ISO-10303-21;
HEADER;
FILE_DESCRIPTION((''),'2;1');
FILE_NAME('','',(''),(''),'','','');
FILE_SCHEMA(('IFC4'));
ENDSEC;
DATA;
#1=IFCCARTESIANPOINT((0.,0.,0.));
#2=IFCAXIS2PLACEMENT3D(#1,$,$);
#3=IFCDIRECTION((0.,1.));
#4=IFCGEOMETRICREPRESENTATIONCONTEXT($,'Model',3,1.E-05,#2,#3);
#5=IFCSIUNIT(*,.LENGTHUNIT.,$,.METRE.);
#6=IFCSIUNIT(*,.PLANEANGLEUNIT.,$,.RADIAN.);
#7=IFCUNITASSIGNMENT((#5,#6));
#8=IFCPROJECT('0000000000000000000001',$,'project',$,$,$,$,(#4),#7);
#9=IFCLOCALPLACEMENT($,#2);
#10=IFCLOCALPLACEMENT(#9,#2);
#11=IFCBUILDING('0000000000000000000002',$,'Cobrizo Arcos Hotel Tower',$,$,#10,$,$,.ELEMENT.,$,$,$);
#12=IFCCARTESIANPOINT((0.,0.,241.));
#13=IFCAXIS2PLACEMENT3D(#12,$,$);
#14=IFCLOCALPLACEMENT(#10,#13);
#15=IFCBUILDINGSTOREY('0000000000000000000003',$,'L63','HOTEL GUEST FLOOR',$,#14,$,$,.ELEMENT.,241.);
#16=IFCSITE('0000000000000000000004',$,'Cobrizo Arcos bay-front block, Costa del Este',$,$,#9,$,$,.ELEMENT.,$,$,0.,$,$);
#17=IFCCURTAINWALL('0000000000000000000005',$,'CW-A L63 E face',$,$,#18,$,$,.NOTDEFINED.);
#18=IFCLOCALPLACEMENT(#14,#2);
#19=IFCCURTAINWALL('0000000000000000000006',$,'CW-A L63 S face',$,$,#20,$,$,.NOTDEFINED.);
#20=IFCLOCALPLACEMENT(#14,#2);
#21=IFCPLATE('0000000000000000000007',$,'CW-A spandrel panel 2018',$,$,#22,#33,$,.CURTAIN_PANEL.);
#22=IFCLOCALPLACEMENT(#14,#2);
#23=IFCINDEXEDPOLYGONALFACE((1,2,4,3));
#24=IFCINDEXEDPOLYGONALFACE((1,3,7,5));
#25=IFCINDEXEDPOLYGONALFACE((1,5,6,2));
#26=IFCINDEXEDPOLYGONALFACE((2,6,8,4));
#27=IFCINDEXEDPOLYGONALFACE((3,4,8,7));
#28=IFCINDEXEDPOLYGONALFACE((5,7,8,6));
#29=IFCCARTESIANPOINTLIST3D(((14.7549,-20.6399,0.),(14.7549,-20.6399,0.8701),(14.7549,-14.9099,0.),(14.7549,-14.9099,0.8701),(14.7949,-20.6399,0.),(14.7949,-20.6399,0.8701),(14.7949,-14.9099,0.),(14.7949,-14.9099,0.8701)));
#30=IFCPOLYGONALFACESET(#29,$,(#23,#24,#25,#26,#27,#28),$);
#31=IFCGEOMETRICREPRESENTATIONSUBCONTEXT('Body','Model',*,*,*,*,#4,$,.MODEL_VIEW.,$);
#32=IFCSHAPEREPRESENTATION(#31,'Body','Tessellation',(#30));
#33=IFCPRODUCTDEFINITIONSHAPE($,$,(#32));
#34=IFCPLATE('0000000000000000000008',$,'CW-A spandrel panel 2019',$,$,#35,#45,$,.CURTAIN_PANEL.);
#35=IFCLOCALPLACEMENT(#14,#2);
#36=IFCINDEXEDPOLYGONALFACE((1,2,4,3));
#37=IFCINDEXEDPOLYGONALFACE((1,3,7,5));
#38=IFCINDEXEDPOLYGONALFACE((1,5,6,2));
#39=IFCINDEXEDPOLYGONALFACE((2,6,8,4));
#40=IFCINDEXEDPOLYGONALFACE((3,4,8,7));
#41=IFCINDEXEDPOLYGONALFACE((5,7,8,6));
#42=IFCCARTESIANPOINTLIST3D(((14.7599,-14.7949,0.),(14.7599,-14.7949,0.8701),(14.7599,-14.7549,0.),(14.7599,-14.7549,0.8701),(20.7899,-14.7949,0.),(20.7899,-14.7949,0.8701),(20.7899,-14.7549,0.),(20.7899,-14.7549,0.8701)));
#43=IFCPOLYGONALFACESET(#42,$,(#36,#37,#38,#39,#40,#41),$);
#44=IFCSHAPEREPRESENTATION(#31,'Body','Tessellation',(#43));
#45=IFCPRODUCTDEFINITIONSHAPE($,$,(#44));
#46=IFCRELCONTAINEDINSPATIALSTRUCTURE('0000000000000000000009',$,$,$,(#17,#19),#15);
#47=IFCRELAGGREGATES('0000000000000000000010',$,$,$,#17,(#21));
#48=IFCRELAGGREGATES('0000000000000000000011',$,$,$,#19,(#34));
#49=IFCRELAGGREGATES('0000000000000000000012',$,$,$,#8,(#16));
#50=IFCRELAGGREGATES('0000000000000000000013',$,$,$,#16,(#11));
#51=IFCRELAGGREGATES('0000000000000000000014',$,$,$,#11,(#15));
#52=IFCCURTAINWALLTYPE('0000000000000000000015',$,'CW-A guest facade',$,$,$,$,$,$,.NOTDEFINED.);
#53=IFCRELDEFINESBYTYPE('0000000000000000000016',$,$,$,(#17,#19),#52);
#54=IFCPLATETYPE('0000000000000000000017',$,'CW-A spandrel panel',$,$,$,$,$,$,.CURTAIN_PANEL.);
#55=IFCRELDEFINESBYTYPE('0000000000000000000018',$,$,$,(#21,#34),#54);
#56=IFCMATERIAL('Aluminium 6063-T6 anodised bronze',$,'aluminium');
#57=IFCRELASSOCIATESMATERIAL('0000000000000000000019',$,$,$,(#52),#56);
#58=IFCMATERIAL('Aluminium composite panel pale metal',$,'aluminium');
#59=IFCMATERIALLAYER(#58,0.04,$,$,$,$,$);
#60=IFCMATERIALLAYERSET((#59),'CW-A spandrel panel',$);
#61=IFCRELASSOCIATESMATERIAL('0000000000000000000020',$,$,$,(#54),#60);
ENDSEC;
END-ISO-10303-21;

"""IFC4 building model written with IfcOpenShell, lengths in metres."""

from ifc_helpers import new_model, si_unit, direction, frame, origin, origin_2d, place, context, subcontext, project, spatial, rectangle, extrude, material, layer, layer_set, type_object, element, aggregate, save


model = new_model("IFC4")

# Units and contexts
model_context = context("Model", 3, precision=1e-05, world=origin(), true_north=direction((0.0, 1.0)))
body_context = subcontext(model_context, "Body", "Model", "MODEL_VIEW")
ifc_project = project(units=[si_unit("LENGTHUNIT", "METRE"), si_unit("PLANEANGLEUNIT", "RADIAN")], contexts=[model_context])

# Site, building, storey
site_placement = place(None, origin())
site = spatial("IfcSite", under=ifc_project, at=site_placement, Name="Cobrizo Arcos bay-front block, Costa del Este", CompositionType="ELEMENT", RefElevation=0.0)
building_placement = place(site_placement, origin())
building = spatial("IfcBuilding", under=site, at=building_placement, Name="Cobrizo Arcos Hotel Tower", CompositionType="ELEMENT")
storey_placement = place(building_placement, frame((0.0, 0.0, 241.0)))
storey = spatial("IfcBuildingStorey", under=building, at=storey_placement, Name="L63", Description="HOTEL GUEST FLOOR", CompositionType="ELEMENT", Elevation=241.0)

# Shared definitions
ifc_material_1 = material(Name="Aluminium 6063-T6 anodised bronze", Category="aluminium")
curtain_wall_type = type_object("IfcCurtainWallType", Name="CW-A guest facade", PredefinedType="NOTDEFINED", material=ifc_material_1)

# Curtain walls
curtain_wall_1_placement = place(storey_placement, origin())
curtain_wall_1 = element("IfcCurtainWall", 1, at=curtain_wall_1_placement, inside=storey, type_object=curtain_wall_type, Name="CW-A L63 E face", PredefinedType="NOTDEFINED")
curtain_wall_2_placement = place(storey_placement, origin())
curtain_wall_2 = element("IfcCurtainWall", 2, at=curtain_wall_2_placement, inside=storey, type_object=curtain_wall_type, Name="CW-A L63 S face", PredefinedType="NOTDEFINED")

# Plates
ifc_material_2 = material(Name="Aluminium composite panel pale metal", Category="aluminium")
ifc_layer = layer(ifc_material_2, 0.04)
ifc_layer_set = layer_set([ifc_layer], Name="CW-A spandrel panel")
plate_type = type_object("IfcPlateType", Name="CW-A spandrel panel", PredefinedType="CURTAIN_PANEL", material=ifc_layer_set)
plate_1_placement = place(storey_placement, frame((14.7749, -17.7749, 0.0), z_axis=(0.0, 0.0, 1.0), x_axis=(0.0, 1.0, 0.0)))
plate_1 = element("IfcPlate", 3, at=plate_1_placement, type_object=plate_type, Name="CW-A spandrel panel 2018", PredefinedType="CURTAIN_PANEL", context=body_context, shape_type="SweptSolid", body=[
    extrude(rectangle(XDim=5.73, YDim=0.04, at=origin_2d()), origin(), (0.0, 0.0, 1.0), 0.8701),
])
aggregate(curtain_wall_1, [plate_1])
plate_2_placement = place(storey_placement, frame((17.7749, -14.7749, 0.0), z_axis=(0.0, 0.0, 1.0), x_axis=(1.0, 0.0, 0.0)))
plate_2 = element("IfcPlate", 4, at=plate_2_placement, type_object=plate_type, Name="CW-A spandrel panel 2019", PredefinedType="CURTAIN_PANEL", context=body_context, shape_type="SweptSolid", body=[
    extrude(rectangle(XDim=6.03, YDim=0.04, at=origin_2d()), origin(), (0.0, 0.0, 1.0), 0.8701),
])
aggregate(curtain_wall_2, [plate_2])

save(model, "model.ifc")
